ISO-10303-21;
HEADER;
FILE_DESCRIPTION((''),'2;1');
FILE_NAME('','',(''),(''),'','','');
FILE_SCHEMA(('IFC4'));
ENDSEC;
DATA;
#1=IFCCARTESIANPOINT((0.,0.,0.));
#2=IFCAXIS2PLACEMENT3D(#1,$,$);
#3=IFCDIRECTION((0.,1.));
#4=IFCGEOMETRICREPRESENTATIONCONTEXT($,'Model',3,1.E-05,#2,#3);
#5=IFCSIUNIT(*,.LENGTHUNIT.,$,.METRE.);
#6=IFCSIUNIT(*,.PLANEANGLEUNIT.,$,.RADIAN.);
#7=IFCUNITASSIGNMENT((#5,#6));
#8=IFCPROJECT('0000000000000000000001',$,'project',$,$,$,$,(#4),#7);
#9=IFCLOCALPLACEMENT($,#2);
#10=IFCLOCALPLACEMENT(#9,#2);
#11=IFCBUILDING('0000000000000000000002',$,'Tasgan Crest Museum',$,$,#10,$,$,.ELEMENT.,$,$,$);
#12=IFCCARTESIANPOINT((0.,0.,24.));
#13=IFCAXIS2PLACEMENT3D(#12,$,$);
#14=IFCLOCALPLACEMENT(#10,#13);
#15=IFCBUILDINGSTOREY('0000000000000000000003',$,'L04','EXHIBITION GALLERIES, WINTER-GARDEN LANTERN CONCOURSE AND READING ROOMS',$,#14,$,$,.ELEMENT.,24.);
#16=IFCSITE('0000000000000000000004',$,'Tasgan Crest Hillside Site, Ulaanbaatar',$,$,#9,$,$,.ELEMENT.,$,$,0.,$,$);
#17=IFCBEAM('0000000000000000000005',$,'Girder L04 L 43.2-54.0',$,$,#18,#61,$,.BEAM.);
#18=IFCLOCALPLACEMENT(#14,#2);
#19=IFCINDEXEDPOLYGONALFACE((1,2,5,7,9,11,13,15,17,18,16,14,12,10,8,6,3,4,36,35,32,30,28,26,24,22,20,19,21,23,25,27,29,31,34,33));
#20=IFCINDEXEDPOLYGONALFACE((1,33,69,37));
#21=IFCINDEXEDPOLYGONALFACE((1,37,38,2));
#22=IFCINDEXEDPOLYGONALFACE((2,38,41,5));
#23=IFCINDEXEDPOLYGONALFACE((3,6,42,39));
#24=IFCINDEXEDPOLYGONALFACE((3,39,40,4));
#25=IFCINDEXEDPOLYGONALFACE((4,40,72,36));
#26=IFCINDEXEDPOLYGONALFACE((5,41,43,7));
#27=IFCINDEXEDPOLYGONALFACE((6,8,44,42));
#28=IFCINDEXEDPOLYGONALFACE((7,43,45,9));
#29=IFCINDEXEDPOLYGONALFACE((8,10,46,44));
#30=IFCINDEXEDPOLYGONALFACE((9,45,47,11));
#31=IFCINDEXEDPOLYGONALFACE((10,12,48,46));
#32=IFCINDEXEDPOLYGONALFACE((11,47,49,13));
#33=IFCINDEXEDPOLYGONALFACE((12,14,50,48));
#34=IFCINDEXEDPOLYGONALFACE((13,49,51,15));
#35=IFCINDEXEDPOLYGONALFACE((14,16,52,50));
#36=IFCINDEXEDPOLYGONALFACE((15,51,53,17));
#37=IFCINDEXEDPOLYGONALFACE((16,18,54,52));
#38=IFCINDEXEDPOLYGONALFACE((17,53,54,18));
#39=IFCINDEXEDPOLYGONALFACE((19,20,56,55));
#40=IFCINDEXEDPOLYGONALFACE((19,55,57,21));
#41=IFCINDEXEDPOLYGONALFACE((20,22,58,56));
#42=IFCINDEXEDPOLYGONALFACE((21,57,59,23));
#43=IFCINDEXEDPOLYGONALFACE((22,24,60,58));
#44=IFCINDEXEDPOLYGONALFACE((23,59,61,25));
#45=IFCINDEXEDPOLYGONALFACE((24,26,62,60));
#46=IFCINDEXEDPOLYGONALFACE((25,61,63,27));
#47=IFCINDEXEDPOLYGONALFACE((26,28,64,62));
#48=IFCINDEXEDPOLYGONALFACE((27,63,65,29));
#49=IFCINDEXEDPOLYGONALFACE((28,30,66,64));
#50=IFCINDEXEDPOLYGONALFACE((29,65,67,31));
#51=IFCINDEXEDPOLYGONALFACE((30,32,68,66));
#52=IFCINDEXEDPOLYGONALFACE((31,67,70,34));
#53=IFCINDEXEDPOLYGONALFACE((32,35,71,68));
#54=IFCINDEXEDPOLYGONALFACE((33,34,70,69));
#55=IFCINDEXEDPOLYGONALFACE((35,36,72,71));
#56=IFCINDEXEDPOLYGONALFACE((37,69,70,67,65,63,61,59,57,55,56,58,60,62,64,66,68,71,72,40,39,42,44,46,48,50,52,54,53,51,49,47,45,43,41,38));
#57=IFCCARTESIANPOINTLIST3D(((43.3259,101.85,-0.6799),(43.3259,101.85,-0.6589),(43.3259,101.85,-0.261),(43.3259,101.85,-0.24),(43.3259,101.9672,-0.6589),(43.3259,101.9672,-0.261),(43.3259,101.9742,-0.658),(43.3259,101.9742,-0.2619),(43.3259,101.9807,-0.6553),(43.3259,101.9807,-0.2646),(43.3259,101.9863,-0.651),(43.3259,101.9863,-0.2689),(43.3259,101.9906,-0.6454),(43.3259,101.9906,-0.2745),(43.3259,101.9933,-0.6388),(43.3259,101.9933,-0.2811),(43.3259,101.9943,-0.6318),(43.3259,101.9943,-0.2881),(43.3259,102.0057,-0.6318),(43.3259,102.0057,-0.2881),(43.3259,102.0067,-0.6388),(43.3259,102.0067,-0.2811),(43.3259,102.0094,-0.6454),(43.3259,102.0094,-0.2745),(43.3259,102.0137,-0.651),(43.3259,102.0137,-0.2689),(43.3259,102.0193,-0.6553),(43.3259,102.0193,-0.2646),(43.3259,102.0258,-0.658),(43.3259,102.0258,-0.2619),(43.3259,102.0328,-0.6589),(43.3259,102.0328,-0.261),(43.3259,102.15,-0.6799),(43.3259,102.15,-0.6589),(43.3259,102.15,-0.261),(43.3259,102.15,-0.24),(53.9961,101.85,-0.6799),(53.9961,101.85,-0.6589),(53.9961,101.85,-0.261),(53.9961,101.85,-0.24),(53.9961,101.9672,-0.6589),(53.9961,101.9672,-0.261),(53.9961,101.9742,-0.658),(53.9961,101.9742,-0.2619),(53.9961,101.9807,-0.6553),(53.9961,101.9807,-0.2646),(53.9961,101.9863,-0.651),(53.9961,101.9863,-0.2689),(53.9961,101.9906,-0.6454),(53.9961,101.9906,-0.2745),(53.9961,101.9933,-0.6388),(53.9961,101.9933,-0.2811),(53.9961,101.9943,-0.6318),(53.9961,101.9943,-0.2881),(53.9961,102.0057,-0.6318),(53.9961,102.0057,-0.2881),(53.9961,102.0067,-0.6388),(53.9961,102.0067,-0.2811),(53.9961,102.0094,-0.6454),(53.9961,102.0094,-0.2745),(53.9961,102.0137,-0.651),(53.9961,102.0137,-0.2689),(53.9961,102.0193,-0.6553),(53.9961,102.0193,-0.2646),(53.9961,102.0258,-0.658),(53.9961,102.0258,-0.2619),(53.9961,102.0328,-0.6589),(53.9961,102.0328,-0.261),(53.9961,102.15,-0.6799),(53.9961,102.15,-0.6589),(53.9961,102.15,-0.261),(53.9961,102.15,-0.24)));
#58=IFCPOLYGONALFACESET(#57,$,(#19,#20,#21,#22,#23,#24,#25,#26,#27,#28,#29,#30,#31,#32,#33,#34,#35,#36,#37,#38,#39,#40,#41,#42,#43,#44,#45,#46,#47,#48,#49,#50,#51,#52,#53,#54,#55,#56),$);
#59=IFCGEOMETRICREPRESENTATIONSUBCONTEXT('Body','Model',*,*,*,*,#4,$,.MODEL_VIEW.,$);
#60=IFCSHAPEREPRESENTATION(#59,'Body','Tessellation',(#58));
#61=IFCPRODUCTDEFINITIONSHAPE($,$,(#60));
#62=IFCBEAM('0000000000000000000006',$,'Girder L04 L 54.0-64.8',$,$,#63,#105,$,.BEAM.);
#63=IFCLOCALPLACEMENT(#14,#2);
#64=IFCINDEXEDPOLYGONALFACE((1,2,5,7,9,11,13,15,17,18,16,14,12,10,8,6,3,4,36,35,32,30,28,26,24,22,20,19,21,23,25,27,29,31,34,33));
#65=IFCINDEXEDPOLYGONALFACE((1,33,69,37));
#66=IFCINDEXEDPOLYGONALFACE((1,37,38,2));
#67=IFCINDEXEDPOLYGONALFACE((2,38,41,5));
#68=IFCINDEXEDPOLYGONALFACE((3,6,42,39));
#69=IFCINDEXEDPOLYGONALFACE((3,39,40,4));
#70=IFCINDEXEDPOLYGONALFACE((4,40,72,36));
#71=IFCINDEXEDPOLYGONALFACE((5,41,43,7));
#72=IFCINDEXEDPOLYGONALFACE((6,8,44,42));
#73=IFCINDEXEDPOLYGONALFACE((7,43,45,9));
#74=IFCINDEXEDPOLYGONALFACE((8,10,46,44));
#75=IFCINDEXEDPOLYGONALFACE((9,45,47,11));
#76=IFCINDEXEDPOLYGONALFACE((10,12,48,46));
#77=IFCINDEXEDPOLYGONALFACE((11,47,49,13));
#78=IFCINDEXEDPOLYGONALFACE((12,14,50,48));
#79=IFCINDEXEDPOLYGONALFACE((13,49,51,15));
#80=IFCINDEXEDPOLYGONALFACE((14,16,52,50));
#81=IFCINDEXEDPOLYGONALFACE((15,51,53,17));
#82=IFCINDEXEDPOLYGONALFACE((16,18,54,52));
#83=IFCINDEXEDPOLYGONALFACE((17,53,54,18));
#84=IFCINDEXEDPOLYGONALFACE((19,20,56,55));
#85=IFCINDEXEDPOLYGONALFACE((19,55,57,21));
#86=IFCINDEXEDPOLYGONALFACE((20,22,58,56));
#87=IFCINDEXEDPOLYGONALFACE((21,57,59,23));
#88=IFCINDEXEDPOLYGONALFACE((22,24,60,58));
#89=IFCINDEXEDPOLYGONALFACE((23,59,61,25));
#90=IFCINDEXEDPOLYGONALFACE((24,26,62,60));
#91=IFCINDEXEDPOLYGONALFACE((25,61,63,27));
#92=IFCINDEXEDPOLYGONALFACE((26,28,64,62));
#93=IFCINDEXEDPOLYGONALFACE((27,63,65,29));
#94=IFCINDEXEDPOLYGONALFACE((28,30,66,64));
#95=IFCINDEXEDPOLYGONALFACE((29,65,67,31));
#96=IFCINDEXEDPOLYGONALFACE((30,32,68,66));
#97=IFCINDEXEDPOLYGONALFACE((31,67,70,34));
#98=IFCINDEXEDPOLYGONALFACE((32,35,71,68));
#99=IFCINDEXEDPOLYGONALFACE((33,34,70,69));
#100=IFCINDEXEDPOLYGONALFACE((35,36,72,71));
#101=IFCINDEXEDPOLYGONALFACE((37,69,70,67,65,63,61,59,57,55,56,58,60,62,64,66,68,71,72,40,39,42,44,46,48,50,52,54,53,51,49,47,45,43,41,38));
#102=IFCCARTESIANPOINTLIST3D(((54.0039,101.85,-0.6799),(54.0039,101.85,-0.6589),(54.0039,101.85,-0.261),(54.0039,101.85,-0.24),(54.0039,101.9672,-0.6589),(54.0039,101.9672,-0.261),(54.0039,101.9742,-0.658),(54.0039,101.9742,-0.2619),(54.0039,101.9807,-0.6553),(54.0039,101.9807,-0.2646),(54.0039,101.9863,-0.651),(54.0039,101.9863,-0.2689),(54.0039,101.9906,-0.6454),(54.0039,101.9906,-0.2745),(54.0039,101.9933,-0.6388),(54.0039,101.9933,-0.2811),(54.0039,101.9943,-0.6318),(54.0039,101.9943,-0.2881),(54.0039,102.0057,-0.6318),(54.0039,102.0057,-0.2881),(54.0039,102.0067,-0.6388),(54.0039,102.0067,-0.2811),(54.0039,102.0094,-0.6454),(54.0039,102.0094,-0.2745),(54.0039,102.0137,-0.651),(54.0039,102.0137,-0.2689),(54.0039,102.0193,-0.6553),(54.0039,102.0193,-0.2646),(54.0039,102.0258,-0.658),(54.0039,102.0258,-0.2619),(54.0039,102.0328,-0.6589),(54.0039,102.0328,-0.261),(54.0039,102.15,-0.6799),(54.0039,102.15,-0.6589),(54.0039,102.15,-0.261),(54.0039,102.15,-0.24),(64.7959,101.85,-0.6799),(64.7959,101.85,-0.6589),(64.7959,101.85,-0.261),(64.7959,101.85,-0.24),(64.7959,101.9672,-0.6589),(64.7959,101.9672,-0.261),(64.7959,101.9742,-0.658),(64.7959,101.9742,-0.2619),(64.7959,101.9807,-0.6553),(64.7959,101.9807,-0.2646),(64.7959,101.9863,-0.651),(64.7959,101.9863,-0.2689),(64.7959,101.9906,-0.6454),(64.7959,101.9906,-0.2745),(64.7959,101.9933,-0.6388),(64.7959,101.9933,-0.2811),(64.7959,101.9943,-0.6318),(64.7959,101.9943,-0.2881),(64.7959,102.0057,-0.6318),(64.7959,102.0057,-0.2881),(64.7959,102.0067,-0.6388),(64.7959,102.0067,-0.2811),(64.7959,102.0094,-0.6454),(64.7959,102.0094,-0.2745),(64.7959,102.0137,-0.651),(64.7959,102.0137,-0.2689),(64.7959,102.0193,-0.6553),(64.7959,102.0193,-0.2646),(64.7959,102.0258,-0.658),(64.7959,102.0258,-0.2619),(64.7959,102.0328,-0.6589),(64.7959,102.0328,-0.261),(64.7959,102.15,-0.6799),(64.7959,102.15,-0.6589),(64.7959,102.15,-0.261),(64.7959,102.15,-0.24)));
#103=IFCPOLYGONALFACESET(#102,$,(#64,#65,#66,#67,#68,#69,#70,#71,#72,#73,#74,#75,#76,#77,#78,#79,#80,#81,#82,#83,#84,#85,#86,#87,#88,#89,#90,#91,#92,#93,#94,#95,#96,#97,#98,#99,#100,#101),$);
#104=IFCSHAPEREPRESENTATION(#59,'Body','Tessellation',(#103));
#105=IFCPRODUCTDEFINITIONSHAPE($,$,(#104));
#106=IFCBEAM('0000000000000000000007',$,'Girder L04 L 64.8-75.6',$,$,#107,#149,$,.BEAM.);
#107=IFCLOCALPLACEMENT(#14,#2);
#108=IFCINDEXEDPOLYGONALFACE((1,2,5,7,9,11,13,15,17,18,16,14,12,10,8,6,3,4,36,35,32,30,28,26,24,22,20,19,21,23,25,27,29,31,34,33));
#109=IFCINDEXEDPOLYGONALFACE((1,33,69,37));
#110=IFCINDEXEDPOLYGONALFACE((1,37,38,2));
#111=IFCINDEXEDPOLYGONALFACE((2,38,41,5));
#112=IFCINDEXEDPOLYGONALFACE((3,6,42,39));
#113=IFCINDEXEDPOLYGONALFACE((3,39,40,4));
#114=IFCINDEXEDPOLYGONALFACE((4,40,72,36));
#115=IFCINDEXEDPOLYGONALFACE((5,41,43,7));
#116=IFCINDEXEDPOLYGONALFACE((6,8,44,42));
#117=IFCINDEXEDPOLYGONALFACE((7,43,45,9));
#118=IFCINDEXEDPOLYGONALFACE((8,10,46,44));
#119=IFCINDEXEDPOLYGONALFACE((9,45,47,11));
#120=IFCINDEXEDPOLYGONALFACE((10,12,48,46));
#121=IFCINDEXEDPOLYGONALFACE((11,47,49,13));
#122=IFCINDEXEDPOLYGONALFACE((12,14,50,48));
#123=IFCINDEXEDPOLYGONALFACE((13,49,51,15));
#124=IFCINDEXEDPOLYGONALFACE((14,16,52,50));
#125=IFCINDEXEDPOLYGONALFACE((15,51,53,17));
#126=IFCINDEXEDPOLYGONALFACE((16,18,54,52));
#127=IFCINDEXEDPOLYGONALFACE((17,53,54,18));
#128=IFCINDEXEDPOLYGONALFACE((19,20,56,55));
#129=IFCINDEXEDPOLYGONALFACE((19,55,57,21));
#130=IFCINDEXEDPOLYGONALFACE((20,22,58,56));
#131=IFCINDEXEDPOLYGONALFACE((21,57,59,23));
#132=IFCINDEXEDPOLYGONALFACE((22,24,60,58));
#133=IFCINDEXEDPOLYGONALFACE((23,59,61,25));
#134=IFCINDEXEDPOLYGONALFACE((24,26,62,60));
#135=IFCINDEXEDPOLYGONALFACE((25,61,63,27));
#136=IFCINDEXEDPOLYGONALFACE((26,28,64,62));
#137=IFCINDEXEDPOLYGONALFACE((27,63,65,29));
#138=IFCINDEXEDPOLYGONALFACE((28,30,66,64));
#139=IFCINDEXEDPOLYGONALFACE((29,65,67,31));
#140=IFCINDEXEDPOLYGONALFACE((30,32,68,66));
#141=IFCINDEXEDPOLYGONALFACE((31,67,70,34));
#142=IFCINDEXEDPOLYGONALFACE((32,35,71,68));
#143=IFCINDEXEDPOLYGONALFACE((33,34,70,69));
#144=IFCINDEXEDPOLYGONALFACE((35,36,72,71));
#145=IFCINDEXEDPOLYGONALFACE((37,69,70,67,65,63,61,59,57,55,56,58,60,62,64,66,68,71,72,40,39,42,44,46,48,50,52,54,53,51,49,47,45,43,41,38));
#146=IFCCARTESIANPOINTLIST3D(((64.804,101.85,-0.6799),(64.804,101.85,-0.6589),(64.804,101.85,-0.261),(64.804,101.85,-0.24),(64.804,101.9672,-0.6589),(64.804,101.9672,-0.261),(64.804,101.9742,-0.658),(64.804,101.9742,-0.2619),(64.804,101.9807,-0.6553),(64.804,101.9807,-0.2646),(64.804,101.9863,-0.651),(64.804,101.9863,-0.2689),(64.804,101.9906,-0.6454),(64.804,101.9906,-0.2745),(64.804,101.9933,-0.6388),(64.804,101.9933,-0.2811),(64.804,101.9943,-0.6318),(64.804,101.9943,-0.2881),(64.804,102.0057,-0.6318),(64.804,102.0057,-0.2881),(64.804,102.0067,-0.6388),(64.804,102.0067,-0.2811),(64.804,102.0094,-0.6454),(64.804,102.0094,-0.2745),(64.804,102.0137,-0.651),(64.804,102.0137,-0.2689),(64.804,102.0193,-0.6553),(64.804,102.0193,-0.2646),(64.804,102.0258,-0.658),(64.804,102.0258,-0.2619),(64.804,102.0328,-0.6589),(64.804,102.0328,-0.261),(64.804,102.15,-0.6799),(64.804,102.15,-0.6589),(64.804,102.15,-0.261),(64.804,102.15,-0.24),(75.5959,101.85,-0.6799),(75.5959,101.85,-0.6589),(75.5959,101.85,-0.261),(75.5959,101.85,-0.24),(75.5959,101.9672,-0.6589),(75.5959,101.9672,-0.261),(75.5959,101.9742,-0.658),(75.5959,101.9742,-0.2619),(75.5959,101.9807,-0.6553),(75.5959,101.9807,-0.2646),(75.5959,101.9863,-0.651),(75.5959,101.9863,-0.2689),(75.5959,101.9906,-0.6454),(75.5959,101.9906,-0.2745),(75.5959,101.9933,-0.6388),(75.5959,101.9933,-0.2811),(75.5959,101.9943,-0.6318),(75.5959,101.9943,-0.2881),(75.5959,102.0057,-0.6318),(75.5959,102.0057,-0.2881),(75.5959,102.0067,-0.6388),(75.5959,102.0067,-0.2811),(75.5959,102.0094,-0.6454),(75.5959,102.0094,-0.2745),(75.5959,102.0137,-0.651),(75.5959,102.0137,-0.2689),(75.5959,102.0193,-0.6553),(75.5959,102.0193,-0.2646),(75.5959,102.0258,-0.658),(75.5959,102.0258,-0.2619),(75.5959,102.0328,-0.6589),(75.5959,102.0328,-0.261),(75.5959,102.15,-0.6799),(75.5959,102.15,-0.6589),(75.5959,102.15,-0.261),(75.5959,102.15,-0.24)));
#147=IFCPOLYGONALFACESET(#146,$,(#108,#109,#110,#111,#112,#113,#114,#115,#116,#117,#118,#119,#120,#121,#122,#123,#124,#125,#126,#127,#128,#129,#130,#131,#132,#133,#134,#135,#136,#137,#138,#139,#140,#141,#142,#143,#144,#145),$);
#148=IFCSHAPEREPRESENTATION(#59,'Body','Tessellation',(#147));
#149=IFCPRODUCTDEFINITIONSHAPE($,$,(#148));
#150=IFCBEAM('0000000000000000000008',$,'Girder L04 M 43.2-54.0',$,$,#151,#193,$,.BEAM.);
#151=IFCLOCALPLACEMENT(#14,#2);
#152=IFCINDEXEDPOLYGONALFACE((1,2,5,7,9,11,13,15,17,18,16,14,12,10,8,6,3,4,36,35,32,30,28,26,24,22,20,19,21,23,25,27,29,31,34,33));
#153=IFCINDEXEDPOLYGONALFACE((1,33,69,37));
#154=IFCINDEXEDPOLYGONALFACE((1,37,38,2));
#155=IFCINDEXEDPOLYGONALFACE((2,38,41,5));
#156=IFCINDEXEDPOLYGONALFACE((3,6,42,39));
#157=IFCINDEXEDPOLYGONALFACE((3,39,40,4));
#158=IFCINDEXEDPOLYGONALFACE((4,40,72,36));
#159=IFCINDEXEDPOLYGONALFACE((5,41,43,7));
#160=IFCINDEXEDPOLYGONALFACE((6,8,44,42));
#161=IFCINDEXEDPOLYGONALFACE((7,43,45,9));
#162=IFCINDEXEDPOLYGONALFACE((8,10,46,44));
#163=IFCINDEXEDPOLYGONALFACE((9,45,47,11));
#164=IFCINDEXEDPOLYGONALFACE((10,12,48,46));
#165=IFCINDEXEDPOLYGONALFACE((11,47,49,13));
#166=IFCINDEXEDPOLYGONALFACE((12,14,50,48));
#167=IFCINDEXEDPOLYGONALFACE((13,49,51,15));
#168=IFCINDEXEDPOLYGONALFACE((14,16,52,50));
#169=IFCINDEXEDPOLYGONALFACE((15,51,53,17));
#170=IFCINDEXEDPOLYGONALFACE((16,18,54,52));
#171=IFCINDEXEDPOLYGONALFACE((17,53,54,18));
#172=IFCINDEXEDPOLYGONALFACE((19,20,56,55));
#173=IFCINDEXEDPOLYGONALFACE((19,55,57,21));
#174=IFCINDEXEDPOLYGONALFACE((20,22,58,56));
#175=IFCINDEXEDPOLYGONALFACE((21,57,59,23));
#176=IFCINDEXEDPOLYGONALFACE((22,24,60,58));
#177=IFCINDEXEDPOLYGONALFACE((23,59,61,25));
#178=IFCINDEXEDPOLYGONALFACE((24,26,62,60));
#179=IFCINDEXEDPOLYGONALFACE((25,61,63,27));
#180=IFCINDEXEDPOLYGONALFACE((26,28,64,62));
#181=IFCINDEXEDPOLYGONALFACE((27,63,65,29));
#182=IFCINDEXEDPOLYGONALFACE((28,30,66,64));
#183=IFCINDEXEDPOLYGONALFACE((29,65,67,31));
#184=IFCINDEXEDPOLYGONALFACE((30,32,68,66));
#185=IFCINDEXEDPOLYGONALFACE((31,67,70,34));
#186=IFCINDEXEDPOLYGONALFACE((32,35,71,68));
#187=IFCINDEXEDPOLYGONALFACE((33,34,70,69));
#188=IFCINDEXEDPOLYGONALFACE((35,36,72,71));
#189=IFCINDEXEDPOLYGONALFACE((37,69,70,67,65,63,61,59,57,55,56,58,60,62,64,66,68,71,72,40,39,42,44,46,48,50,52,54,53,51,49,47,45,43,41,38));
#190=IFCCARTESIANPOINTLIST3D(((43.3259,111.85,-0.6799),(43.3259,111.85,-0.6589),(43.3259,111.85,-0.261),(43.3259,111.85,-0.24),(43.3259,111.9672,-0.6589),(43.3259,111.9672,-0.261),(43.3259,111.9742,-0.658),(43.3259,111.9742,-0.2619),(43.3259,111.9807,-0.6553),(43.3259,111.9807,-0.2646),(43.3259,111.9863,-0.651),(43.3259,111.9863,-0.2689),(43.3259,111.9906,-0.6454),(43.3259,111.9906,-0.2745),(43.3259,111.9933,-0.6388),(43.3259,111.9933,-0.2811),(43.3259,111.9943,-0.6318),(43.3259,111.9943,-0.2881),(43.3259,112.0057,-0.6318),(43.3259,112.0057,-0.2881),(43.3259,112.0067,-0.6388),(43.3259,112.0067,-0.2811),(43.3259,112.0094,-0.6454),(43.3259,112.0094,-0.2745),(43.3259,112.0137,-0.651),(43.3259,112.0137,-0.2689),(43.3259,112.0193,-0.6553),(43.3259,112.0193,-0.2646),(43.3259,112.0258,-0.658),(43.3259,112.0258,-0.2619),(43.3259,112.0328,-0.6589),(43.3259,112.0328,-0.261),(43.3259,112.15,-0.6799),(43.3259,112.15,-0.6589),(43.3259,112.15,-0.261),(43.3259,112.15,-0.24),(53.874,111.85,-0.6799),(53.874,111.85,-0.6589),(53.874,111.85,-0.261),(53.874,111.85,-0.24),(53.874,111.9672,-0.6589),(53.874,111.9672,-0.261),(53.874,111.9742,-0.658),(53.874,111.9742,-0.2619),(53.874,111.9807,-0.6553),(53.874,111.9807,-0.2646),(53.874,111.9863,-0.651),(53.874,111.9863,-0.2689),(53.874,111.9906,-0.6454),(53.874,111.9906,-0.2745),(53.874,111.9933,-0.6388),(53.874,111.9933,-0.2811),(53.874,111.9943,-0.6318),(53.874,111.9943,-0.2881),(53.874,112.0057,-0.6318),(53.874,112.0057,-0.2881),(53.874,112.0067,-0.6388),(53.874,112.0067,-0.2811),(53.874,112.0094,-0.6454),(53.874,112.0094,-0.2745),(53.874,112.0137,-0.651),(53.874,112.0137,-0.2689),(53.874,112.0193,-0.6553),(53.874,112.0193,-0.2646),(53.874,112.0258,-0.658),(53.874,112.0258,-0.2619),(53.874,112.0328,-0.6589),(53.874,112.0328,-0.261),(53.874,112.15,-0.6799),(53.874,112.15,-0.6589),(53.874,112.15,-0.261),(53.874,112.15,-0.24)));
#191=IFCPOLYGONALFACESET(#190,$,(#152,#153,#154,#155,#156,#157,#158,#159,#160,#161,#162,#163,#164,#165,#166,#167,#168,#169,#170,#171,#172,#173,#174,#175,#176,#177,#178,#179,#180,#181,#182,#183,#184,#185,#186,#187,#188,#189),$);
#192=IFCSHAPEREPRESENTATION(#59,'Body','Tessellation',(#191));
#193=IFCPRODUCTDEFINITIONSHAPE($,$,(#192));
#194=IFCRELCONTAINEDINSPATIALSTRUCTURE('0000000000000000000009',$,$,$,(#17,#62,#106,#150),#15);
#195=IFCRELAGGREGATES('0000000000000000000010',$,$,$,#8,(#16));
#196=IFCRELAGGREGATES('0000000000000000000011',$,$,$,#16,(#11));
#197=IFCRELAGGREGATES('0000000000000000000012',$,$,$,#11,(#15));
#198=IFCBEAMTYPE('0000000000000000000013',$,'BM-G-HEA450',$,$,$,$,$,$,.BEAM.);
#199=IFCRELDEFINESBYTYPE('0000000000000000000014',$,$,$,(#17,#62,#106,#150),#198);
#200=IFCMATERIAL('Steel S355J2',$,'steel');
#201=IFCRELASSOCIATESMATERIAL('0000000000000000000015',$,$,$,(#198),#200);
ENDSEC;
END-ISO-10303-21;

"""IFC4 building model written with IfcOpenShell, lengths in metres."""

from ifc_helpers import new_model, si_unit, direction, frame, origin, origin_2d, place, context, subcontext, project, spatial, i_section, extrude, material, material_profile, profile_set, type_object, element, save


model = new_model("IFC4")

# Units and contexts
model_context = context("Model", 3, precision=1e-05, world=origin(), true_north=direction((0.0, 1.0)))
body_context = subcontext(model_context, "Body", "Model", "MODEL_VIEW")
ifc_project = project(units=[si_unit("LENGTHUNIT", "METRE"), si_unit("PLANEANGLEUNIT", "RADIAN")], contexts=[model_context])

# Site, building, storey
site_placement = place(None, origin())
site = spatial("IfcSite", under=ifc_project, at=site_placement, Name="Tasgan Crest Hillside Site, Ulaanbaatar", CompositionType="ELEMENT", RefElevation=0.0)
building_placement = place(site_placement, origin())
building = spatial("IfcBuilding", under=site, at=building_placement, Name="Tasgan Crest Museum", CompositionType="ELEMENT")
storey_placement = place(building_placement, frame((0.0, 0.0, 24.0)))
storey = spatial("IfcBuildingStorey", under=building, at=storey_placement, Name="L04", Description="EXHIBITION GALLERIES, WINTER-GARDEN LANTERN CONCOURSE AND READING ROOMS", CompositionType="ELEMENT", Elevation=24.0)

# Beams
ifc_material_1 = material(Name="Steel S355J2", Category="steel")
ifc_material_profile_1 = material_profile(ifc_material_1, i_section(OverallWidth=0.3, OverallDepth=0.4399, WebThickness=0.0115, FlangeThickness=0.021, FilletRadius=0.0271, at=origin_2d()), Name="HEA 450")
ifc_profile_set_1 = profile_set([ifc_material_profile_1], Name="Steel S355J2")
beam_type_1 = type_object("IfcBeamType", Name="BM-G-HEA450", PredefinedType="BEAM", material=ifc_profile_set_1)
beam_1_placement = place(storey_placement, frame((43.3259, 102.0, -0.46), z_axis=(1.0, 0.0, 0.0), x_axis=(0.0, 1.0, 0.0)))
element("IfcBeam", 1, at=beam_1_placement, inside=storey, type_object=beam_type_1, Name="Girder L04 L 43.2-54.0", PredefinedType="BEAM", context=body_context, shape_type="SweptSolid", body=[
    extrude(i_section(OverallWidth=0.3, OverallDepth=0.4399, WebThickness=0.0115, FlangeThickness=0.021, FilletRadius=0.0271, at=origin_2d()), origin(), (0.0, 0.0, 1.0), 10.6702),
])
for number, where, z_axis, x_axis, name in (
    (2, (54.0039, 102.0, -0.46), (1.0, 0.0, 0.0), (0.0, 1.0, 0.0), "Girder L04 L 54.0-64.8"),
    (3, (64.804, 102.0, -0.46), (1.0, 0.0, 0.0), (0.0, 1.0, 0.0), "Girder L04 L 64.8-75.6"),
):
    element("IfcBeam", number, at=place(storey_placement, frame(where, z_axis=z_axis, x_axis=x_axis)), inside=storey, type_object=beam_type_1, Name=name, PredefinedType="BEAM", context=body_context, shape_type="SweptSolid", body=[
        extrude(i_section(OverallWidth=0.3, OverallDepth=0.4399, WebThickness=0.0115, FlangeThickness=0.021, FilletRadius=0.0271, at=origin_2d()), origin(), (0.0, 0.0, 1.0), 10.792),
    ])
for number, where, z_axis, x_axis, name in (
    (4, (43.3259, 112.0, -0.46), (1.0, 0.0, 0.0), (0.0, 1.0, 0.0), "Girder L04 M 43.2-54.0"),
):
    element("IfcBeam", number, at=place(storey_placement, frame(where, z_axis=z_axis, x_axis=x_axis)), inside=storey, type_object=beam_type_1, Name=name, PredefinedType="BEAM", context=body_context, shape_type="SweptSolid", body=[
        extrude(i_section(OverallWidth=0.3, OverallDepth=0.4399, WebThickness=0.0115, FlangeThickness=0.021, FilletRadius=0.0271, at=origin_2d()), origin(), (0.0, 0.0, 1.0), 10.5481),
    ])

save(model, "model.ifc")
